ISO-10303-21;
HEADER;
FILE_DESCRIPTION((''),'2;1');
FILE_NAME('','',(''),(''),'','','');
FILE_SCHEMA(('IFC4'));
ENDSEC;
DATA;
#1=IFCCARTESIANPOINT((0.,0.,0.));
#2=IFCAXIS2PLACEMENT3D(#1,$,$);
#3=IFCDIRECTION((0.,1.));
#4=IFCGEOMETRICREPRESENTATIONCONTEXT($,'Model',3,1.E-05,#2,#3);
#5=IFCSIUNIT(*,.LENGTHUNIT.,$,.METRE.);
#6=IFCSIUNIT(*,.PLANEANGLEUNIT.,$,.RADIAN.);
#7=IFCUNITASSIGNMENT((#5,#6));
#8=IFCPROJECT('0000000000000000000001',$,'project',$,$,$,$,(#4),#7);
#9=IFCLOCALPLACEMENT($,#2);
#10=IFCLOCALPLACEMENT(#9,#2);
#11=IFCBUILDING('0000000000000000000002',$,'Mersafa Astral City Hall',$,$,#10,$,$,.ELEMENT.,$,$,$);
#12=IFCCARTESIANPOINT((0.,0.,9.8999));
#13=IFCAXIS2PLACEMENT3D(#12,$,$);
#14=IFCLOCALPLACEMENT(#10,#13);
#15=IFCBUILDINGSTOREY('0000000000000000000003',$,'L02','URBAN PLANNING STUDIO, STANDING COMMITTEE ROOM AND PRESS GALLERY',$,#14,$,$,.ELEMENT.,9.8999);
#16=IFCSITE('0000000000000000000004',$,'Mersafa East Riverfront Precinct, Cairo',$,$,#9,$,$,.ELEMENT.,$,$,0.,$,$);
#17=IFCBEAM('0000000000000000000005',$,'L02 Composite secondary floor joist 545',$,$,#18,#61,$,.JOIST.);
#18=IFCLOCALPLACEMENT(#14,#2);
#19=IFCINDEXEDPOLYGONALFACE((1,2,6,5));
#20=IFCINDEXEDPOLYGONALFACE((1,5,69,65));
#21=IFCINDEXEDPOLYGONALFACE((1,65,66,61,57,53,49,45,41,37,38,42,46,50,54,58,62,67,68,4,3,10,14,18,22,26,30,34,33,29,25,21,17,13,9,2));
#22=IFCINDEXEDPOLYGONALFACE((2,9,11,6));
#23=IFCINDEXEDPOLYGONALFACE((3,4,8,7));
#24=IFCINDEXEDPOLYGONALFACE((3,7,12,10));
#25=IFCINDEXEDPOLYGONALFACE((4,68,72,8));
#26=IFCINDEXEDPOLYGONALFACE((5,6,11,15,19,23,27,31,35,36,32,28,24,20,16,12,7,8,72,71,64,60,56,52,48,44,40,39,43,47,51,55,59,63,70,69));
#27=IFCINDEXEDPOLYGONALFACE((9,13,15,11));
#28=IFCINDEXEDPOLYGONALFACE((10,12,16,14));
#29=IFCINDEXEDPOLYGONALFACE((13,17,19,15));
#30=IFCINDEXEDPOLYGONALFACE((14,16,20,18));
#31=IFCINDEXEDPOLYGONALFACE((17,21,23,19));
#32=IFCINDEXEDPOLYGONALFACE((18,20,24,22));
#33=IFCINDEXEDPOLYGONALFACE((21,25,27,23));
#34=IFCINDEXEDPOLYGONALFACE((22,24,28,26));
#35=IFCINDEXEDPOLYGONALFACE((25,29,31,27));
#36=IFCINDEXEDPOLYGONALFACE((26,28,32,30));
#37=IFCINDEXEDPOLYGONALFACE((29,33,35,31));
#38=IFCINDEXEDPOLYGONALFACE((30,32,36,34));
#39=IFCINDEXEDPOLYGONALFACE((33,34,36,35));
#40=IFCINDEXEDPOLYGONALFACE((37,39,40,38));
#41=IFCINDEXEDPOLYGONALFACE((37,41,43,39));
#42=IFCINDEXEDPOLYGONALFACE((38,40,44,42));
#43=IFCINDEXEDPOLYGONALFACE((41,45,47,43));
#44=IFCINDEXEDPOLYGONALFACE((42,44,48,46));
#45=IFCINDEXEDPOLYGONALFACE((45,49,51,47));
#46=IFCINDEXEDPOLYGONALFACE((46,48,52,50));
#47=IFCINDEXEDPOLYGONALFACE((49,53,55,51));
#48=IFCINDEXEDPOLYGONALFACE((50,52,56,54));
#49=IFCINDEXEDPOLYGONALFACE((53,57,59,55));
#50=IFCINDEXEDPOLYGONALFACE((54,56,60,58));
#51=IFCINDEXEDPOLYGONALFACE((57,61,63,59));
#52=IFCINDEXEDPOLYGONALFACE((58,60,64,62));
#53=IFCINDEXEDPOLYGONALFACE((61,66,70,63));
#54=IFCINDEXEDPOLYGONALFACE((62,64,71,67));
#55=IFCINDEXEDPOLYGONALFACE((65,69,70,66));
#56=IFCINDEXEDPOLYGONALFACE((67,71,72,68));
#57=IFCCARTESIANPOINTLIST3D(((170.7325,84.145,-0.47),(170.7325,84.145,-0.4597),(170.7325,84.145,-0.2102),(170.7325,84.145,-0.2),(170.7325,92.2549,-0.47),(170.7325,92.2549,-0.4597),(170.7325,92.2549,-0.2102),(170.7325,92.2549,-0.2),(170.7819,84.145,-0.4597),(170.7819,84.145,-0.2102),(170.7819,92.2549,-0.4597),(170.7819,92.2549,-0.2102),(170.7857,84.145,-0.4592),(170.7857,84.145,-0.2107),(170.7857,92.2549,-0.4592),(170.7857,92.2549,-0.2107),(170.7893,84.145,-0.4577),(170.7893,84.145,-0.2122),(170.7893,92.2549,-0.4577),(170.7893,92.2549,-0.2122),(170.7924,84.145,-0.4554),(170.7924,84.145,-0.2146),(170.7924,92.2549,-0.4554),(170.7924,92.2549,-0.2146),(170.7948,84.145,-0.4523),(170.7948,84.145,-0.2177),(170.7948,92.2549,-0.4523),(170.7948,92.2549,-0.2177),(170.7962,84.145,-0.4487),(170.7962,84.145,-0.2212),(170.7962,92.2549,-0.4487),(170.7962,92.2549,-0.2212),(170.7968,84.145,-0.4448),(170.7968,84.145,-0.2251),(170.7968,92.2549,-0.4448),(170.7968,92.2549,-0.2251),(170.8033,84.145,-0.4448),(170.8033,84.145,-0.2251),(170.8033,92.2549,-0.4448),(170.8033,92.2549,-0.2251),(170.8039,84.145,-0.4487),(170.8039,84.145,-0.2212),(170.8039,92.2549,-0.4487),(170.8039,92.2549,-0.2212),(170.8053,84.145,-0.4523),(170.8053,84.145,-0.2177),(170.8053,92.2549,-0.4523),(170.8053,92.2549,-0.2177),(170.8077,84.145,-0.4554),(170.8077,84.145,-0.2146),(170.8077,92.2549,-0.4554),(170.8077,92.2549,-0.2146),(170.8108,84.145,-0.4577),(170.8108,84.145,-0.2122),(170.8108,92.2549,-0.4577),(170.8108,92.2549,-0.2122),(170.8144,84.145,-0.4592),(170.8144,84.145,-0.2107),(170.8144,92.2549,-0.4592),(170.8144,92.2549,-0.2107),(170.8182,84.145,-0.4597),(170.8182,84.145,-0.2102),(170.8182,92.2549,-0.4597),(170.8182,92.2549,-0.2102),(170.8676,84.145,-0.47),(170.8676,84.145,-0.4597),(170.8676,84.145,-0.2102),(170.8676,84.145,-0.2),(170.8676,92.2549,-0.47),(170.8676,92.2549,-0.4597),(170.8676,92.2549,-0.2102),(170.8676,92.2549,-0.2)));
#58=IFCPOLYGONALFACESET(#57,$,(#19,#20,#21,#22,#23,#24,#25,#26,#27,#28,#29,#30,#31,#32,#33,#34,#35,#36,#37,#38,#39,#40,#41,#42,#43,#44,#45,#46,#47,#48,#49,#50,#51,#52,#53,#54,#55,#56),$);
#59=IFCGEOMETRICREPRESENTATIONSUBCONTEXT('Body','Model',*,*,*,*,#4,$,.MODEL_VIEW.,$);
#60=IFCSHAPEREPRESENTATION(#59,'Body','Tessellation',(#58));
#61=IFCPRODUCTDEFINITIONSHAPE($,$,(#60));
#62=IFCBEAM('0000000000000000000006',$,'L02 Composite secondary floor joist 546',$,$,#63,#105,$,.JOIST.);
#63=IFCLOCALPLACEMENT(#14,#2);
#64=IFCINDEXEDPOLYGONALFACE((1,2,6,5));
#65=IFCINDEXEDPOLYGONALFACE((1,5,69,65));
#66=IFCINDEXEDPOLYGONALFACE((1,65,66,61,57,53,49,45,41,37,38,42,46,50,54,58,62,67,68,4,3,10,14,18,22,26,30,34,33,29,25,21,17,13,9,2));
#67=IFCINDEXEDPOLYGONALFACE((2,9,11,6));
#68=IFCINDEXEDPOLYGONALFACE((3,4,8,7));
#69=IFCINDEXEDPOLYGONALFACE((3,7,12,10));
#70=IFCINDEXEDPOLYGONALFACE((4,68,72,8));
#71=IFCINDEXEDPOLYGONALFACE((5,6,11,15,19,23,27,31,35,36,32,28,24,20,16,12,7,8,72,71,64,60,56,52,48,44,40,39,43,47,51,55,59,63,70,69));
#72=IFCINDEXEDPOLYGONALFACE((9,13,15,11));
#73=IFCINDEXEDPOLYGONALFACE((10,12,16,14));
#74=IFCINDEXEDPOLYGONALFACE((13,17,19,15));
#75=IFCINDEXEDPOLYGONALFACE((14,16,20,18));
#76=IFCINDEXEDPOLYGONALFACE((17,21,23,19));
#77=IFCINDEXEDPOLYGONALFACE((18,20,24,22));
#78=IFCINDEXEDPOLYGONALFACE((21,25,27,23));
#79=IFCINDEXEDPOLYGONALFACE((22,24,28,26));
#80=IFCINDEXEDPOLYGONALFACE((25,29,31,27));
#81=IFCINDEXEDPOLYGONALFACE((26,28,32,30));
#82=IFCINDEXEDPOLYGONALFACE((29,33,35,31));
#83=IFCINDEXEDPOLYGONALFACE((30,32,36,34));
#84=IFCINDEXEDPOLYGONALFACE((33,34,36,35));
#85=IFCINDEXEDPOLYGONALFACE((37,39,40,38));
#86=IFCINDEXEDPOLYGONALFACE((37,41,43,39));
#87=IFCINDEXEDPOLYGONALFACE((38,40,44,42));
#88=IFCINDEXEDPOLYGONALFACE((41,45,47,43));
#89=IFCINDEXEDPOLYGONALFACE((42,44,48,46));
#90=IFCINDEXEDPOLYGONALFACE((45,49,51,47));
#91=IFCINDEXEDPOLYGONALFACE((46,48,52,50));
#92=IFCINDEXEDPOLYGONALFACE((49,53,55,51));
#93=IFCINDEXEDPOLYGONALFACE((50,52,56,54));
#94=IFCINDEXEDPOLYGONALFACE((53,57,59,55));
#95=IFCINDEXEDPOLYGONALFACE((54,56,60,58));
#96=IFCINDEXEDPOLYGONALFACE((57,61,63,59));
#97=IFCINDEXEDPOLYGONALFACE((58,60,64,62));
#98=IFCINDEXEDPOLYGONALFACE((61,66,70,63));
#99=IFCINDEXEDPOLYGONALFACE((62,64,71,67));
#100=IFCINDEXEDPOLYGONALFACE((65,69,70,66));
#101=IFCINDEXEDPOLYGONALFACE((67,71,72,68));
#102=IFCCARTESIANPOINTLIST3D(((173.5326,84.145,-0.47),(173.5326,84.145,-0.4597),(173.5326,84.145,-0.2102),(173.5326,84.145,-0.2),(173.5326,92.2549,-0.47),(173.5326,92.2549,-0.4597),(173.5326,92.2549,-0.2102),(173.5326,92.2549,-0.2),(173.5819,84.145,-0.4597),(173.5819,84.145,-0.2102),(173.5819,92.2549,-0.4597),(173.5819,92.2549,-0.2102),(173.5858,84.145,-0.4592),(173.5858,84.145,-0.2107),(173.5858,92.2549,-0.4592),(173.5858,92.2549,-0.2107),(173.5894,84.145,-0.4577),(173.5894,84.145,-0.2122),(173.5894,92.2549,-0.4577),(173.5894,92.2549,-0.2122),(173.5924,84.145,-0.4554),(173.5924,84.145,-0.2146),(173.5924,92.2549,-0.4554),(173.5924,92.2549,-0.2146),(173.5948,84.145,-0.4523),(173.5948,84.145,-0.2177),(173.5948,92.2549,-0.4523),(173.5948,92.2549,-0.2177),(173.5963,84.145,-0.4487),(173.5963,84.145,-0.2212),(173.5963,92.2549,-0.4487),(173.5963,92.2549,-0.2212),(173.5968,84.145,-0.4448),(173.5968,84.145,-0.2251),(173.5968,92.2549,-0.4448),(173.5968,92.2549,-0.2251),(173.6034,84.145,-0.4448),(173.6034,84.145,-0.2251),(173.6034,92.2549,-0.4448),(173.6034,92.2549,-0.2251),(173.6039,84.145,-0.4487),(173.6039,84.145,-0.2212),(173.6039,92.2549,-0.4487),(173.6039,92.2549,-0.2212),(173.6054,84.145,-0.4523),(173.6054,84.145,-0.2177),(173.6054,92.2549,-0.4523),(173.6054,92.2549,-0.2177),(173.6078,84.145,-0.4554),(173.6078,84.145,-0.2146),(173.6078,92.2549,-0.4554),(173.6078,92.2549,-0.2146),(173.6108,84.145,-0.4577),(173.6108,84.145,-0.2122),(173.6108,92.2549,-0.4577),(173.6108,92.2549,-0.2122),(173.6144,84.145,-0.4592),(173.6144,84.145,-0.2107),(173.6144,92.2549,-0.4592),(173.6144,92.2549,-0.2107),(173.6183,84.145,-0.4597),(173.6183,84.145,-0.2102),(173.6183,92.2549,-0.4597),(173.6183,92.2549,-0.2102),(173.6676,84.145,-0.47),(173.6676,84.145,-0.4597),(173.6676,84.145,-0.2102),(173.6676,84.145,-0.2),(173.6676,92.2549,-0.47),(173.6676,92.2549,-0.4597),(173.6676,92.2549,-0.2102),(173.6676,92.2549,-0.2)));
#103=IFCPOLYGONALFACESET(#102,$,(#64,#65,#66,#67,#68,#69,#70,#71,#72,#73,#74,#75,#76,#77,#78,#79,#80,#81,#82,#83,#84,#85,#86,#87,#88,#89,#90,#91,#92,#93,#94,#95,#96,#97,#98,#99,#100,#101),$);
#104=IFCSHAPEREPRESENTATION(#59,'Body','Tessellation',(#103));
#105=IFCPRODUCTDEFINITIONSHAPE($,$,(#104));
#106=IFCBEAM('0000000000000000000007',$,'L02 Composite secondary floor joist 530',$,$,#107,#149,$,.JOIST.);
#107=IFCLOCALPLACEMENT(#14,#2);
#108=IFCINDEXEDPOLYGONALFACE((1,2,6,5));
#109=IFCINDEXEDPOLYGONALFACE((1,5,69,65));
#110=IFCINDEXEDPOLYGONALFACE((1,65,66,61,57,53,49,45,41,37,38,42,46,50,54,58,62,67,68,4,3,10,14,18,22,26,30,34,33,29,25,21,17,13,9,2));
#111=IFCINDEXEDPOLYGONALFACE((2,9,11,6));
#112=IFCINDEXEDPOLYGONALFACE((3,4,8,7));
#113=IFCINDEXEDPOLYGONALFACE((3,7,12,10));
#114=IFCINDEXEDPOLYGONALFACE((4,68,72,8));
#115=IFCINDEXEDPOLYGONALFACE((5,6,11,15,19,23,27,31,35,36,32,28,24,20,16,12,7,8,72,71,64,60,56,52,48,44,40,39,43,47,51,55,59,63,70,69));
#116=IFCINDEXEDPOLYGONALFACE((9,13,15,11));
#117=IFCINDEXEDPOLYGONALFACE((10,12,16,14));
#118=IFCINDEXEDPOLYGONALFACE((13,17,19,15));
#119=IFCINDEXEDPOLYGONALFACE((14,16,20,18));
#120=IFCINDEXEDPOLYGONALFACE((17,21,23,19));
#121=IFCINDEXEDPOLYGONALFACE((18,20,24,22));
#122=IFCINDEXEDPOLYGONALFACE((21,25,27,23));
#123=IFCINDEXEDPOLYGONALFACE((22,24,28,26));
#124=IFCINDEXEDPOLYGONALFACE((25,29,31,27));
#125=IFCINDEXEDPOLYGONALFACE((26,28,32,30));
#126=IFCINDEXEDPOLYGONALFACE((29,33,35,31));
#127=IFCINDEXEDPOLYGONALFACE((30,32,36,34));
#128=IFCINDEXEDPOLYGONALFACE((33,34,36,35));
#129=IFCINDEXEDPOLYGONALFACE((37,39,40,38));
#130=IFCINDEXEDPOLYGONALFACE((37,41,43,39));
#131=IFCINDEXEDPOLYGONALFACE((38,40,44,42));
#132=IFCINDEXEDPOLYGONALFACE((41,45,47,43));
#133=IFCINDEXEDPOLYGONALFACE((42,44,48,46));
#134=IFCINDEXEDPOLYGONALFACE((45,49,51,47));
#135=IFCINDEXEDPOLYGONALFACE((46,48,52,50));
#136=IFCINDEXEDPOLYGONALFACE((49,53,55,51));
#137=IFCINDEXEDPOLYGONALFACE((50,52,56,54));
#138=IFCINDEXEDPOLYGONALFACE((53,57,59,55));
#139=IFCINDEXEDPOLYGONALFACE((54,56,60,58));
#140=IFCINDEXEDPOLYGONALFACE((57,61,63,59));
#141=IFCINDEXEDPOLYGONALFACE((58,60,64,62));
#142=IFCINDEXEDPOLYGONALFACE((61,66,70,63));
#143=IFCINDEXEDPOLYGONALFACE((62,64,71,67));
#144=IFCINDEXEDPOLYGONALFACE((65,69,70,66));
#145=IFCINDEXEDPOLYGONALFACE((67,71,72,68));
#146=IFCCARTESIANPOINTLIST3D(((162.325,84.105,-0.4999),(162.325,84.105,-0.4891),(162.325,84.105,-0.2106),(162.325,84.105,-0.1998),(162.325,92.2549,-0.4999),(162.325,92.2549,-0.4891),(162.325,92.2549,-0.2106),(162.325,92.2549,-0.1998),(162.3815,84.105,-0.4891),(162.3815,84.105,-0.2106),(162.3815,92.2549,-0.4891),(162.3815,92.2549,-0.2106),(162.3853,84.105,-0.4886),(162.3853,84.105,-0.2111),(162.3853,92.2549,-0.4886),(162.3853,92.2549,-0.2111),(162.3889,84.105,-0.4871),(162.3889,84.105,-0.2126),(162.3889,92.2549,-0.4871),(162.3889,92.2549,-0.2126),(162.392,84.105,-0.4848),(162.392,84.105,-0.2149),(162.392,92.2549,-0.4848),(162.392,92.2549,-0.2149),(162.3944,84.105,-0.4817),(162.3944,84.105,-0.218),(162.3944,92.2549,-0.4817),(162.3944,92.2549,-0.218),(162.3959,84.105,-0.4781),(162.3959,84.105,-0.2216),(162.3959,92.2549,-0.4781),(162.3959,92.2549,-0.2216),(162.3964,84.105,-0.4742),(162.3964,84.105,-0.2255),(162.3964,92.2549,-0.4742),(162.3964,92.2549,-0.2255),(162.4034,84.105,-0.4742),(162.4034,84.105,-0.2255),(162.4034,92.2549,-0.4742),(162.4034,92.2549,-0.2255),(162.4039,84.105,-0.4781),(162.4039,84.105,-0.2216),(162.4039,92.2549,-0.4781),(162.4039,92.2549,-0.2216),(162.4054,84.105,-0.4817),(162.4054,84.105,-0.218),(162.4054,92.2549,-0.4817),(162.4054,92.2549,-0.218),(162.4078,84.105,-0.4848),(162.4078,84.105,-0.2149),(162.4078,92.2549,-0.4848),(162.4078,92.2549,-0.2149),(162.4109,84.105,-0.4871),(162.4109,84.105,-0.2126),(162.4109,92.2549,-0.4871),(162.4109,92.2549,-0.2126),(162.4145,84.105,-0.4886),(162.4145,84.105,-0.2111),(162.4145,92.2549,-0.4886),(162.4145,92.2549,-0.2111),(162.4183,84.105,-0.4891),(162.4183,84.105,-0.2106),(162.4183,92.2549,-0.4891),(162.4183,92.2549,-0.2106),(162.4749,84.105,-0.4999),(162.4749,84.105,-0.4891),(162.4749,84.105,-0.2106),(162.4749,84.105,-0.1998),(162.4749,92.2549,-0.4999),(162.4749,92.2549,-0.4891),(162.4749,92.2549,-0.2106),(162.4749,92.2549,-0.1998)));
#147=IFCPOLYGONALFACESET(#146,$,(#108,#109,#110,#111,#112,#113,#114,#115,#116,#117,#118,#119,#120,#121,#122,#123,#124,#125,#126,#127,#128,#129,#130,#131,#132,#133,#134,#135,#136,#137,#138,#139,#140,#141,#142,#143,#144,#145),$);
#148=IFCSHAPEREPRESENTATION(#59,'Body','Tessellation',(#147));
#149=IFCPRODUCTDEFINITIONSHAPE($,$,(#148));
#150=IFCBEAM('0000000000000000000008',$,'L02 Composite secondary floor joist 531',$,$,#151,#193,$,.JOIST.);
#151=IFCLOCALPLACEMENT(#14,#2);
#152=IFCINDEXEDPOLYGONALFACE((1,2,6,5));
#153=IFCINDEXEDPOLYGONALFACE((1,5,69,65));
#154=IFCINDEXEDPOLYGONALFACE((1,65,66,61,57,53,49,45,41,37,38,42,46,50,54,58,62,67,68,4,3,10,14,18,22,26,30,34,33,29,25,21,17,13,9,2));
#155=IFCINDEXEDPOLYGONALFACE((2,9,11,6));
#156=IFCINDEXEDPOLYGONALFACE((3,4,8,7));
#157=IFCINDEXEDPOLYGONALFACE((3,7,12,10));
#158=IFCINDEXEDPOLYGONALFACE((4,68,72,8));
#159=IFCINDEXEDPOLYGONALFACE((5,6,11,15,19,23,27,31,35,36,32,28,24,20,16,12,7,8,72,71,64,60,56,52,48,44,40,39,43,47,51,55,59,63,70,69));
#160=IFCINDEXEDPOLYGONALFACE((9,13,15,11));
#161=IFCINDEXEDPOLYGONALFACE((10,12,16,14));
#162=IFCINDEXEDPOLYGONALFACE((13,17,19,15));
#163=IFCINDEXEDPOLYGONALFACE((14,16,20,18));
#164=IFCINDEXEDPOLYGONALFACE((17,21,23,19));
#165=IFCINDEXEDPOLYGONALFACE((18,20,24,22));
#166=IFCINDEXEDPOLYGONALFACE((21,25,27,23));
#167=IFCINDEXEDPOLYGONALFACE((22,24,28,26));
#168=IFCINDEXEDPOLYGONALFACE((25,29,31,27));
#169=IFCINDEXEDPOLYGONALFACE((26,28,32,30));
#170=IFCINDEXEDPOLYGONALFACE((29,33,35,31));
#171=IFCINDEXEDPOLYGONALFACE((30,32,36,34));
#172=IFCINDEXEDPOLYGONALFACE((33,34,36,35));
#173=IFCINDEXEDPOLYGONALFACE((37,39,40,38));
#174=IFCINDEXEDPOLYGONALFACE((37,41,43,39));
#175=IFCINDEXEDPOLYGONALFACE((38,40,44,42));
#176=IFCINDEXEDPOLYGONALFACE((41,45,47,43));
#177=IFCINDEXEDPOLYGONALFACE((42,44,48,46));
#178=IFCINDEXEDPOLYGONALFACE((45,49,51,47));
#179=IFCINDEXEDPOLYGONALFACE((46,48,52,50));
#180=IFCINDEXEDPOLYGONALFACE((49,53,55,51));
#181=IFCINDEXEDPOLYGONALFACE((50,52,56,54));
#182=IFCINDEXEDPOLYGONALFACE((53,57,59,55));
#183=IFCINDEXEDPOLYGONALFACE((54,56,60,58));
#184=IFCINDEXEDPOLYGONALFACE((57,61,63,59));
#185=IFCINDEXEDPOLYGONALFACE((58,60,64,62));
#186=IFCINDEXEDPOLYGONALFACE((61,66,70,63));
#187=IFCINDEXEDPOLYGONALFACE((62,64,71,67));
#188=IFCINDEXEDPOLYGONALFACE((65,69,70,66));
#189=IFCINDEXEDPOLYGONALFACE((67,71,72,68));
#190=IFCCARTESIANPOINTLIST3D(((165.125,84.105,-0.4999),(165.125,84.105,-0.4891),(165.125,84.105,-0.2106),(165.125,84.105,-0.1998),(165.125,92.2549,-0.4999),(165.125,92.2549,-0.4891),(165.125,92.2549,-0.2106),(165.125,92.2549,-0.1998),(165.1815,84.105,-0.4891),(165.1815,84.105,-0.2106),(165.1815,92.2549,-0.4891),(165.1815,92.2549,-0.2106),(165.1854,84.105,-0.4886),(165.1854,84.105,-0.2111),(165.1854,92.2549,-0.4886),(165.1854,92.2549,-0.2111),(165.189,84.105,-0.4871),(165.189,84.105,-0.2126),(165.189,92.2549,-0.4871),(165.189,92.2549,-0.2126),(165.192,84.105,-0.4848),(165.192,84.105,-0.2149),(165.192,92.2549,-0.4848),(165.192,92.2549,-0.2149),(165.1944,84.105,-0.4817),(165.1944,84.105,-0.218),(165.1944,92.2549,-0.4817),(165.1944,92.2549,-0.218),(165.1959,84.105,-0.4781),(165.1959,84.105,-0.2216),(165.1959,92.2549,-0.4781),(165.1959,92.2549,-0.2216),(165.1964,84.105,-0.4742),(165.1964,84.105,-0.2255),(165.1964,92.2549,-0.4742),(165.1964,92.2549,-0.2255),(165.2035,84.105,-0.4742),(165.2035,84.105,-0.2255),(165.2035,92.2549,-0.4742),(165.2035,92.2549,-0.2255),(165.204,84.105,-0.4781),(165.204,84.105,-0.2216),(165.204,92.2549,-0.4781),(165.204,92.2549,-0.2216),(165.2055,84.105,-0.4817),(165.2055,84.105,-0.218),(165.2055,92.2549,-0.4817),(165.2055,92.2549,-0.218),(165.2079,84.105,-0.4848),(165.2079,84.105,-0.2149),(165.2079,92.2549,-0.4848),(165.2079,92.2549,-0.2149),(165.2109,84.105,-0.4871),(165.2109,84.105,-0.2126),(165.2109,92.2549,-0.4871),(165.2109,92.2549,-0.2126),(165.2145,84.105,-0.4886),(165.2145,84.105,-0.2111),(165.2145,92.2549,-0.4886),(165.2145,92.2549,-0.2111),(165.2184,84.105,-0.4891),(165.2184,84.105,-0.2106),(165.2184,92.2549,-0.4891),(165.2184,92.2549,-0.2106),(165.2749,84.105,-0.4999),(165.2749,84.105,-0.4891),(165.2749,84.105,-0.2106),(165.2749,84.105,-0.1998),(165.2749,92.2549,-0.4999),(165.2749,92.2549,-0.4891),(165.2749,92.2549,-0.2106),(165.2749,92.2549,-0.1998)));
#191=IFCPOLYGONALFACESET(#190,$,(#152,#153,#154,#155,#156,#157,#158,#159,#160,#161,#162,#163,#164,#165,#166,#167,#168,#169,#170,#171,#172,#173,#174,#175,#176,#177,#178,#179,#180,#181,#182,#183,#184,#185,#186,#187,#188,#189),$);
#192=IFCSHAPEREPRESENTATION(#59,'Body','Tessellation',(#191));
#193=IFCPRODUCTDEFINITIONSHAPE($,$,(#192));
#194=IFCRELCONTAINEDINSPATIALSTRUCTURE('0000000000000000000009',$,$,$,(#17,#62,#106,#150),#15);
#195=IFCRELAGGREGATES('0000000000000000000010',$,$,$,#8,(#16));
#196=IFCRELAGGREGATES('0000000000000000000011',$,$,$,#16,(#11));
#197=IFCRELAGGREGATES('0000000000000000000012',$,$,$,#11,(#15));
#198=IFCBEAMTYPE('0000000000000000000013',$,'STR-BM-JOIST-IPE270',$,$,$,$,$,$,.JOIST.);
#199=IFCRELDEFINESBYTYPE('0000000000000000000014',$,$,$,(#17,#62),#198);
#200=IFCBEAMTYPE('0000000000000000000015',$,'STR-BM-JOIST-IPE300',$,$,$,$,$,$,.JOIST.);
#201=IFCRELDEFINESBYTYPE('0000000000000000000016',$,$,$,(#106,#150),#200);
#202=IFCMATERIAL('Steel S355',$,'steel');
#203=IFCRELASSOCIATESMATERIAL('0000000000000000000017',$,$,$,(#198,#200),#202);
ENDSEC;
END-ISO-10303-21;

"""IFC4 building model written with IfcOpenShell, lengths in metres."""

from ifc_helpers import new_model, si_unit, direction, frame, origin, origin_2d, place, context, subcontext, project, spatial, i_section, extrude, material, material_profile, profile_set, type_object, element, save


model = new_model("IFC4")

# Units and contexts
model_context = context("Model", 3, precision=1e-05, world=origin(), true_north=direction((0.0, 1.0)))
body_context = subcontext(model_context, "Body", "Model", "MODEL_VIEW")
ifc_project = project(units=[si_unit("LENGTHUNIT", "METRE"), si_unit("PLANEANGLEUNIT", "RADIAN")], contexts=[model_context])

# Site, building, storey
site_placement = place(None, origin())
site = spatial("IfcSite", under=ifc_project, at=site_placement, Name="Mersafa East Riverfront Precinct, Cairo", CompositionType="ELEMENT", RefElevation=0.0)
building_placement = place(site_placement, origin())
building = spatial("IfcBuilding", under=site, at=building_placement, Name="Mersafa Astral City Hall", CompositionType="ELEMENT")
storey_placement = place(building_placement, frame((0.0, 0.0, 9.8999)))
storey = spatial("IfcBuildingStorey", under=building, at=storey_placement, Name="L02", Description="URBAN PLANNING STUDIO, STANDING COMMITTEE ROOM AND PRESS GALLERY", CompositionType="ELEMENT", Elevation=9.8999)

# Shared definitions
ifc_material_1 = material(Name="Steel S355", Category="steel")

# Beams
ifc_material_profile_1 = material_profile(ifc_material_1, i_section(OverallWidth=0.135, OverallDepth=0.27, WebThickness=0.0066, FlangeThickness=0.0103, FilletRadius=0.0149, at=origin_2d()), Name="IPE 270")
ifc_profile_set_1 = profile_set([ifc_material_profile_1], Name="Steel S355")
beam_type_1 = type_object("IfcBeamType", Name="STR-BM-JOIST-IPE270", PredefinedType="JOIST", material=ifc_profile_set_1)
for number, where, z_axis, x_axis, name in (
    (1, (170.8, 84.145, -0.335), (0.0, 1.0, 0.0), (-1.0, 0.0, 0.0), "L02 Composite secondary floor joist 545"),
    (2, (173.6001, 84.145, -0.335), (0.0, 1.0, 0.0), (-1.0, 0.0, 0.0), "L02 Composite secondary floor joist 546"),
):
    element("IfcBeam", number, at=place(storey_placement, frame(where, z_axis=z_axis, x_axis=x_axis)), inside=storey, type_object=beam_type_1, Name=name, PredefinedType="JOIST", context=body_context, shape_type="SweptSolid", body=[
        extrude(i_section(OverallWidth=0.135, OverallDepth=0.27, WebThickness=0.0066, FlangeThickness=0.0103, FilletRadius=0.0149, at=origin_2d()), origin(), (0.0, 0.0, 1.0), 8.1099),
    ])
ifc_material_profile_2 = material_profile(ifc_material_1, i_section(OverallWidth=0.1499, OverallDepth=0.3, WebThickness=0.0071, FlangeThickness=0.0107, FilletRadius=0.0149, at=origin_2d()), Name="IPE 300")
ifc_profile_set_2 = profile_set([ifc_material_profile_2], Name="Steel S355")
beam_type_2 = type_object("IfcBeamType", Name="STR-BM-JOIST-IPE300", PredefinedType="JOIST", material=ifc_profile_set_2)
for number, where, z_axis, x_axis, name in (
    (3, (162.3999, 84.105, -0.3499), (0.0, 1.0, 0.0), (-1.0, 0.0, 0.0), "L02 Composite secondary floor joist 530"),
    (4, (165.2, 84.105, -0.3499), (0.0, 1.0, 0.0), (-1.0, 0.0, 0.0), "L02 Composite secondary floor joist 531"),
):
    element("IfcBeam", number, at=place(storey_placement, frame(where, z_axis=z_axis, x_axis=x_axis)), inside=storey, type_object=beam_type_2, Name=name, PredefinedType="JOIST", context=body_context, shape_type="SweptSolid", body=[
        extrude(i_section(OverallWidth=0.1499, OverallDepth=0.3, WebThickness=0.0071, FlangeThickness=0.0107, FilletRadius=0.0149, at=origin_2d()), origin(), (0.0, 0.0, 1.0), 8.1499),
    ])

save(model, "model.ifc")
